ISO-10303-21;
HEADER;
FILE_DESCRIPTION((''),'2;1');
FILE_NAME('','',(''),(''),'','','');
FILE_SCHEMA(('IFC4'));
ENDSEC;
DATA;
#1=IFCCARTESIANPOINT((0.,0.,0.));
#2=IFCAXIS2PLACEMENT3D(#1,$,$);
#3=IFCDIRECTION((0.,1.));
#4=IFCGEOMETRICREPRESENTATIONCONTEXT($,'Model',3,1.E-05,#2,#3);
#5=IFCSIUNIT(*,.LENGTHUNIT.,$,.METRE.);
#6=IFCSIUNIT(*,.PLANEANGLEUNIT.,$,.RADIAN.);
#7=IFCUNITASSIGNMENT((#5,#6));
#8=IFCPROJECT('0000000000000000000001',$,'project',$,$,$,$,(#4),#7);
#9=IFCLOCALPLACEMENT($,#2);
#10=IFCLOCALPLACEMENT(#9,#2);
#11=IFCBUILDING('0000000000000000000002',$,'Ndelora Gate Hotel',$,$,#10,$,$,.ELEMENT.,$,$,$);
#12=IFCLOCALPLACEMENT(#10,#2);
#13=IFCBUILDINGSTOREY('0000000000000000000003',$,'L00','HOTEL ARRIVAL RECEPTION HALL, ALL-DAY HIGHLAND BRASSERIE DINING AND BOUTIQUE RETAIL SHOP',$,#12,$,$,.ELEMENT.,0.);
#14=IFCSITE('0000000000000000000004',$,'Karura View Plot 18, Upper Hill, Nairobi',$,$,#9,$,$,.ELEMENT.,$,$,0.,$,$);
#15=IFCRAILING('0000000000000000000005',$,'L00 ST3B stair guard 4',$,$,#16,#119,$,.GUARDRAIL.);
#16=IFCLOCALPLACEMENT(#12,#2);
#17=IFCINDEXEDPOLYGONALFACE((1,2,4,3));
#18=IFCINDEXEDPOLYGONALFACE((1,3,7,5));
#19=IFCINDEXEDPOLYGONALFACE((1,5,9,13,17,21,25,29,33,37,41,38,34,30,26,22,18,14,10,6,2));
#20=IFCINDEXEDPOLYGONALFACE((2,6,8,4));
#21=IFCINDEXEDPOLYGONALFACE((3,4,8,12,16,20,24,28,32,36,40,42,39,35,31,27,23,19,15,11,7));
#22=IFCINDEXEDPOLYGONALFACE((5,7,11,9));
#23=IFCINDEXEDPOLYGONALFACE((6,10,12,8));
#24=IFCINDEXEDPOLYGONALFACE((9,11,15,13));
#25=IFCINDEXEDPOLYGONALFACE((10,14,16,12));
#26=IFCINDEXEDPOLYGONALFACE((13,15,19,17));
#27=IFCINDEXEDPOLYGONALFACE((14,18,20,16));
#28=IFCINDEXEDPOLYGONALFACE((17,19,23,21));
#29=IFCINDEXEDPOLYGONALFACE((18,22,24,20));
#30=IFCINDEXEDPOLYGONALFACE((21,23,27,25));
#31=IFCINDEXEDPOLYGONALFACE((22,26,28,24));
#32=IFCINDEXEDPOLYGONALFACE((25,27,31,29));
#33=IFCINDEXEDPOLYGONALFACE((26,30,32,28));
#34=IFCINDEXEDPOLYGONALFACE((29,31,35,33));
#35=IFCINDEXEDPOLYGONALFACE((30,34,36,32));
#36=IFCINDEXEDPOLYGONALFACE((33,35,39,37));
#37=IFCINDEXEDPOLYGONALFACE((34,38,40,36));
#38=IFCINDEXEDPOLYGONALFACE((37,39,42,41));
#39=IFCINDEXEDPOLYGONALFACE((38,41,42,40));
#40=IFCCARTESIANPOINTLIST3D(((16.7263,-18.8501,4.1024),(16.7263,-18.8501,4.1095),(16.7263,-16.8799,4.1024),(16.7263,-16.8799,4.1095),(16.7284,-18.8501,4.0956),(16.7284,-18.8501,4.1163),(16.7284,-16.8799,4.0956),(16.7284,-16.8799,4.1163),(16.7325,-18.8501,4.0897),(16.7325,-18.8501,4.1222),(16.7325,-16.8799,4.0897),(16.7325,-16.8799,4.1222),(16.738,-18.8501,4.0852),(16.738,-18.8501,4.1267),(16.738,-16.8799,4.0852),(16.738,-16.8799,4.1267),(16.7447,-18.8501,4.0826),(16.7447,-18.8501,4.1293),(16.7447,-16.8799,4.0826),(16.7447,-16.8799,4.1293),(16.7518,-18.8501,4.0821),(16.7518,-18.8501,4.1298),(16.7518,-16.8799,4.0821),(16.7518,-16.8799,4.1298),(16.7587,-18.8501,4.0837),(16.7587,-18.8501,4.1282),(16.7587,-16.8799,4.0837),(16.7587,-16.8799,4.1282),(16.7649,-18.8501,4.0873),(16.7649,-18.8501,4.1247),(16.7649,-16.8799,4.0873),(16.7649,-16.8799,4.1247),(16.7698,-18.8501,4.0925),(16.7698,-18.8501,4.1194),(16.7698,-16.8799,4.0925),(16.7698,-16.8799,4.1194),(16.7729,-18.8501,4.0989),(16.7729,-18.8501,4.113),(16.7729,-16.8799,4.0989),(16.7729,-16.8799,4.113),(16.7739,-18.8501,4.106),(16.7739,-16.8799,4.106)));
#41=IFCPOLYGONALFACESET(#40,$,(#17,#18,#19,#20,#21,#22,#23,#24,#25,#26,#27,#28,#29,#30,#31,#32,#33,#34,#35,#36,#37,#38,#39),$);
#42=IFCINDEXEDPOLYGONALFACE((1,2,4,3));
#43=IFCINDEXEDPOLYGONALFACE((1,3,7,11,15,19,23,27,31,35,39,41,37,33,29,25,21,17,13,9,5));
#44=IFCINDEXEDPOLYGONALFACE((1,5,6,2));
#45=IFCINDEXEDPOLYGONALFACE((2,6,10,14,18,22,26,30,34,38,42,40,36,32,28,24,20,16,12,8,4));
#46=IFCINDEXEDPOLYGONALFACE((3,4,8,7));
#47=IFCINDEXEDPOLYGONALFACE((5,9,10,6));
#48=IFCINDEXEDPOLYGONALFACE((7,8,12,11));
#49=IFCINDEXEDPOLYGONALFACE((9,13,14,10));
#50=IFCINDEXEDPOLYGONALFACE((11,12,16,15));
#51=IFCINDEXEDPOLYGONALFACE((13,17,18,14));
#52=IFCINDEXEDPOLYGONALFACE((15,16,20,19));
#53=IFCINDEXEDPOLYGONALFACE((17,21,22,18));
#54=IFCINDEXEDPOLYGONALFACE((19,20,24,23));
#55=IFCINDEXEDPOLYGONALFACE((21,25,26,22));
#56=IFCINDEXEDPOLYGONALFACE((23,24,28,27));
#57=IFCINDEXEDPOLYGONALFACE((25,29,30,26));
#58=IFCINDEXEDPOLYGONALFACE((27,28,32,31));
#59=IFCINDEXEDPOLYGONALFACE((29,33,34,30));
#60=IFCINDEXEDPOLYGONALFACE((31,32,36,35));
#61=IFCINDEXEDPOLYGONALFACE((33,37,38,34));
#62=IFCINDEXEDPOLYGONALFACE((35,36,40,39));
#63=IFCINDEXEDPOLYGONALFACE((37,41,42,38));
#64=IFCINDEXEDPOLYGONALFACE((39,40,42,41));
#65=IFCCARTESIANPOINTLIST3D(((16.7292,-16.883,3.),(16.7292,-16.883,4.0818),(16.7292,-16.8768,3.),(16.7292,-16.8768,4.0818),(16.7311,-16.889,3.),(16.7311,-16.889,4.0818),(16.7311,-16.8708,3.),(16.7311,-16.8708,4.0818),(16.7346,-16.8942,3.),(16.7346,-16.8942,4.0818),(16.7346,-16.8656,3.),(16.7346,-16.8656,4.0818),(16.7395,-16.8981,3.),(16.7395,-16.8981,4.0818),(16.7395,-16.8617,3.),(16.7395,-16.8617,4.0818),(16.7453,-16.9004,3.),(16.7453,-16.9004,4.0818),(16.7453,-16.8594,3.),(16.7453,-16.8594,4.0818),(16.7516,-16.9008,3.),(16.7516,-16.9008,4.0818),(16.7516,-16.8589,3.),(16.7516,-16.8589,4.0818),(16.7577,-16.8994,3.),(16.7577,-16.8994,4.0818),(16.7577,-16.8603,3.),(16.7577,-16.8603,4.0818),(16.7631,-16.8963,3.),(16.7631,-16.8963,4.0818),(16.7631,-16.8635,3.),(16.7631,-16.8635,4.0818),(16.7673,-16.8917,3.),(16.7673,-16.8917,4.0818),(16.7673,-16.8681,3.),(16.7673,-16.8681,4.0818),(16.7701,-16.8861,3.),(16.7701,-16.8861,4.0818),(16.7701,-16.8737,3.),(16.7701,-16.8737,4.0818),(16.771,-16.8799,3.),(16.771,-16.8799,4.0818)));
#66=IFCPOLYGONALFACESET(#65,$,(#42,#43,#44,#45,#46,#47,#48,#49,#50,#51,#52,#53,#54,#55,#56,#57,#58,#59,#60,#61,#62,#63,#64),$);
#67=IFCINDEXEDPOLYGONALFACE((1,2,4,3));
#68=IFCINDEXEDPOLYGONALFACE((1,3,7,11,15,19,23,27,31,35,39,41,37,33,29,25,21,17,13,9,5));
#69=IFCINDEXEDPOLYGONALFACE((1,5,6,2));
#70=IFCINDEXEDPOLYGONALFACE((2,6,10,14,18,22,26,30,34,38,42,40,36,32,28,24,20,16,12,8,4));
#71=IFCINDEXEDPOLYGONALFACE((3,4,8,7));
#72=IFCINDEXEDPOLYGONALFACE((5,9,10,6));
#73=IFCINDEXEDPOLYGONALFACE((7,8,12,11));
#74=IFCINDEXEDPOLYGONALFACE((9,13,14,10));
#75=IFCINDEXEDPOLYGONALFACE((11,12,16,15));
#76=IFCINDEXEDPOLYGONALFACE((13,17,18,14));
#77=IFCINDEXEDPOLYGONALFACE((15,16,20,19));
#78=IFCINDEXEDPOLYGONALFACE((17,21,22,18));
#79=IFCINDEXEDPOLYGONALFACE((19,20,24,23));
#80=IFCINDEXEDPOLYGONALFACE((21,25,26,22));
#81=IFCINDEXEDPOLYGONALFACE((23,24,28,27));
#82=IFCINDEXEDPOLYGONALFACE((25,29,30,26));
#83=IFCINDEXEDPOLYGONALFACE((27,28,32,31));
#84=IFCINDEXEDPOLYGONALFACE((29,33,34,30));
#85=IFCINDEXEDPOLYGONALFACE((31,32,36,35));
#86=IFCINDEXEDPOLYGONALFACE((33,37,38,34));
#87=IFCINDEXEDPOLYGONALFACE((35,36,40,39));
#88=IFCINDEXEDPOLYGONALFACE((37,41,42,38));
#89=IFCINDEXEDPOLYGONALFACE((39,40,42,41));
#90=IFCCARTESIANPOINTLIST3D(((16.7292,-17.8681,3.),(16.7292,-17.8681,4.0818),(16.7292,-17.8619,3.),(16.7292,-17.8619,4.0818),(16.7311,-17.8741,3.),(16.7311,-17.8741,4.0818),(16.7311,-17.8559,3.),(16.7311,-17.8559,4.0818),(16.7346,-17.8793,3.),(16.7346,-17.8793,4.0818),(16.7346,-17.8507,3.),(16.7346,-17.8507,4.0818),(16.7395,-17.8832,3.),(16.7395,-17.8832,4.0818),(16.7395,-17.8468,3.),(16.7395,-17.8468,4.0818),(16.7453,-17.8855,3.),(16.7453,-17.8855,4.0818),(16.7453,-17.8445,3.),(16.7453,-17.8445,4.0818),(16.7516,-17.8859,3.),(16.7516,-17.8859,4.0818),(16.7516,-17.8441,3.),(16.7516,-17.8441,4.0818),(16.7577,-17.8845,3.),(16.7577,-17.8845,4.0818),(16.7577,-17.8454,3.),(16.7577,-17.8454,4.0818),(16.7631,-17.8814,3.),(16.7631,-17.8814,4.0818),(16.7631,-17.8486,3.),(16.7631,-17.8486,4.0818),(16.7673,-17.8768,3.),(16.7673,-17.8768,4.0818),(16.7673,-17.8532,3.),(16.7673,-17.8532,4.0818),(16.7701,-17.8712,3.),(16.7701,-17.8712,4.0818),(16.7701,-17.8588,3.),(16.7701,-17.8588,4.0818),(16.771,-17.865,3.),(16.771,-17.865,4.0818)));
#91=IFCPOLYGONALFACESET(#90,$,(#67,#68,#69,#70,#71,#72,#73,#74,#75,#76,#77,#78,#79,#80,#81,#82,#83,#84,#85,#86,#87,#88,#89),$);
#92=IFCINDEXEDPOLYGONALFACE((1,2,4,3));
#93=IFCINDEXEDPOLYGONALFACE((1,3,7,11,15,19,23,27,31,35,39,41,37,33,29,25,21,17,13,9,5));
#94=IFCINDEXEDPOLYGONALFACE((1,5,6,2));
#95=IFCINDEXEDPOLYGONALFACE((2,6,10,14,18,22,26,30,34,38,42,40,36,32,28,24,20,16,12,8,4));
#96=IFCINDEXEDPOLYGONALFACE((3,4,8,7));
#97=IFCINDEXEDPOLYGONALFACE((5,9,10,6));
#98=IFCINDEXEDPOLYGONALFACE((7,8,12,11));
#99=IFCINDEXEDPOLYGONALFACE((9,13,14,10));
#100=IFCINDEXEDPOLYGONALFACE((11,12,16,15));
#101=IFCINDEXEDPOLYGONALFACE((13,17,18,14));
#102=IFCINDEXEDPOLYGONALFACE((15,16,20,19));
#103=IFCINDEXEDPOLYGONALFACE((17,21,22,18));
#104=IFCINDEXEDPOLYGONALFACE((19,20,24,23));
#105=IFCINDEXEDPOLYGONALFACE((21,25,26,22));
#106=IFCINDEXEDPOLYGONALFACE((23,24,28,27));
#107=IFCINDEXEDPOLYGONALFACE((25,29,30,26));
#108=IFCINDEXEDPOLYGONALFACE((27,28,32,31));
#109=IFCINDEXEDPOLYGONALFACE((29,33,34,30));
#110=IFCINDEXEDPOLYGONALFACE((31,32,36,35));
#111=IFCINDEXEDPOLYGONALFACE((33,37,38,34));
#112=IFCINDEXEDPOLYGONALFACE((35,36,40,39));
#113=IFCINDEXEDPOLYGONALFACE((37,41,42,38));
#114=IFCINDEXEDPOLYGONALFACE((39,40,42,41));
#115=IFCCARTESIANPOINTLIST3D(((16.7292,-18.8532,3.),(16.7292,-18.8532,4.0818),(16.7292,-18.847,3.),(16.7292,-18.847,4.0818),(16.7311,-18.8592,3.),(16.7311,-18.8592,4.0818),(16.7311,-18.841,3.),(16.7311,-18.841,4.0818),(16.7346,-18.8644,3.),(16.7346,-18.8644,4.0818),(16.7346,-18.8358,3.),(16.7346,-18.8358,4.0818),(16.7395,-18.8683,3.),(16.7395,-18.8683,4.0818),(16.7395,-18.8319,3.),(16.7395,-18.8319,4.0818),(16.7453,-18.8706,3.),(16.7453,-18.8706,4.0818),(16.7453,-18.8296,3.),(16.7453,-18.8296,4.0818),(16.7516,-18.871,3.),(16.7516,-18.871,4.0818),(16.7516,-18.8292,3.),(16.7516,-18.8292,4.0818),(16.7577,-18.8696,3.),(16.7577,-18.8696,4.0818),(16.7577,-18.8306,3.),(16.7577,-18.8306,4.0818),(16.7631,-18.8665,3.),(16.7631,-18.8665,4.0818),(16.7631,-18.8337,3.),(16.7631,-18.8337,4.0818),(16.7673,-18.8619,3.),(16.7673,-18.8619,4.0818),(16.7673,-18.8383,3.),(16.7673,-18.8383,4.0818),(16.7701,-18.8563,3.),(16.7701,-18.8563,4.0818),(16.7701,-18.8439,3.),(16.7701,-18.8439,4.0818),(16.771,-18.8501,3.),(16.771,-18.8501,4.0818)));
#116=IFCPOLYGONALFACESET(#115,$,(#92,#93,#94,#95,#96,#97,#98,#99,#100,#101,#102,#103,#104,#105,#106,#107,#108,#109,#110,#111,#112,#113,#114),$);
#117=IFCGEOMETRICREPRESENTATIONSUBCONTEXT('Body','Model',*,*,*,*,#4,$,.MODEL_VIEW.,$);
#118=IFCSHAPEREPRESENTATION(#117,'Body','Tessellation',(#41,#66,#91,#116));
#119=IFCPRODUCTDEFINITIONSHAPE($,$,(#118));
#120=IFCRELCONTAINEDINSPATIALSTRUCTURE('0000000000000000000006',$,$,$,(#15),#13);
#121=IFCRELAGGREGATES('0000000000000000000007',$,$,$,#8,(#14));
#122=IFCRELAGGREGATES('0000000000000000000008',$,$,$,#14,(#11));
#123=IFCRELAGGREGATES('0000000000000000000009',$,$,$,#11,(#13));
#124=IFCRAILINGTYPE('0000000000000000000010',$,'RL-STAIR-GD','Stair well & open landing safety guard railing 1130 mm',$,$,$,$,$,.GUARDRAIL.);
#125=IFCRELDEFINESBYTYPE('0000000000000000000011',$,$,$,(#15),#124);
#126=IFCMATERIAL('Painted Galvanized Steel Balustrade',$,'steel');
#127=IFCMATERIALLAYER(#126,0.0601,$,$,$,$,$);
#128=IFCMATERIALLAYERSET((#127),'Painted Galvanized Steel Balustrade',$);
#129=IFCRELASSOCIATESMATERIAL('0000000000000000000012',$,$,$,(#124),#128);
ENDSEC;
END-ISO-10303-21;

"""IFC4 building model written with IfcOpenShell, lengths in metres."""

from ifc_helpers import new_model, si_unit, direction, frame, origin, origin_2d, place, context, subcontext, project, spatial, circle, extrude, material, layer, layer_set, type_object, element, save


model = new_model("IFC4")

# Units and contexts
model_context = context("Model", 3, precision=1e-05, world=origin(), true_north=direction((0.0, 1.0)))
body_context = subcontext(model_context, "Body", "Model", "MODEL_VIEW")
ifc_project = project(units=[si_unit("LENGTHUNIT", "METRE"), si_unit("PLANEANGLEUNIT", "RADIAN")], contexts=[model_context])

# Site, building, storey
site_placement = place(None, origin())
site = spatial("IfcSite", under=ifc_project, at=site_placement, Name="Karura View Plot 18, Upper Hill, Nairobi", CompositionType="ELEMENT", RefElevation=0.0)
building_placement = place(site_placement, origin())
building = spatial("IfcBuilding", under=site, at=building_placement, Name="Ndelora Gate Hotel", CompositionType="ELEMENT")
storey_placement = place(building_placement, origin())
storey = spatial("IfcBuildingStorey", under=building, at=storey_placement, Name="L00", Description="HOTEL ARRIVAL RECEPTION HALL, ALL-DAY HIGHLAND BRASSERIE DINING AND BOUTIQUE RETAIL SHOP", CompositionType="ELEMENT", Elevation=0.0)

# Railing
ifc_material_1 = material(Name="Painted Galvanized Steel Balustrade", Category="steel")
ifc_layer_1 = layer(ifc_material_1, 0.0601)
ifc_layer_set_1 = layer_set([ifc_layer_1], Name="Painted Galvanized Steel Balustrade")
railing_type_1 = type_object("IfcRailingType", Name="RL-STAIR-GD", Description="Stair well & open landing safety guard railing 1130 mm", PredefinedType="GUARDRAIL", material=ifc_layer_set_1)
for number, where, name in (
    (1, (16.75, -16.8799, 3.0), "L00 ST3B stair guard 4"),
):
    element("IfcRailing", number, at=place(storey_placement, frame(where)), inside=storey, type_object=railing_type_1, Name=name, PredefinedType="GUARDRAIL", context=body_context, shape_type="SweptSolid", body=[
        extrude(circle(Radius=0.0239, at=origin_2d()), frame((0.0, 0.0, 1.106), z_axis=(0.0, -1.0, 0.0), x_axis=(1.0, 0.0, 0.0)), (0.0, 0.0, 1.0), 1.9702),
        extrude(circle(Radius=0.021, at=origin_2d()), origin(), (0.0, 0.0, 1.0), 1.0818),
        extrude(circle(Radius=0.021, at=origin_2d()), frame((0.0, -0.9851, 0.0)), (0.0, 0.0, 1.0), 1.0818),
        extrude(circle(Radius=0.021, at=origin_2d()), frame((0.0, -1.9702, 0.0)), (0.0, 0.0, 1.0), 1.0818),
    ])

save(model, "model.ifc")
